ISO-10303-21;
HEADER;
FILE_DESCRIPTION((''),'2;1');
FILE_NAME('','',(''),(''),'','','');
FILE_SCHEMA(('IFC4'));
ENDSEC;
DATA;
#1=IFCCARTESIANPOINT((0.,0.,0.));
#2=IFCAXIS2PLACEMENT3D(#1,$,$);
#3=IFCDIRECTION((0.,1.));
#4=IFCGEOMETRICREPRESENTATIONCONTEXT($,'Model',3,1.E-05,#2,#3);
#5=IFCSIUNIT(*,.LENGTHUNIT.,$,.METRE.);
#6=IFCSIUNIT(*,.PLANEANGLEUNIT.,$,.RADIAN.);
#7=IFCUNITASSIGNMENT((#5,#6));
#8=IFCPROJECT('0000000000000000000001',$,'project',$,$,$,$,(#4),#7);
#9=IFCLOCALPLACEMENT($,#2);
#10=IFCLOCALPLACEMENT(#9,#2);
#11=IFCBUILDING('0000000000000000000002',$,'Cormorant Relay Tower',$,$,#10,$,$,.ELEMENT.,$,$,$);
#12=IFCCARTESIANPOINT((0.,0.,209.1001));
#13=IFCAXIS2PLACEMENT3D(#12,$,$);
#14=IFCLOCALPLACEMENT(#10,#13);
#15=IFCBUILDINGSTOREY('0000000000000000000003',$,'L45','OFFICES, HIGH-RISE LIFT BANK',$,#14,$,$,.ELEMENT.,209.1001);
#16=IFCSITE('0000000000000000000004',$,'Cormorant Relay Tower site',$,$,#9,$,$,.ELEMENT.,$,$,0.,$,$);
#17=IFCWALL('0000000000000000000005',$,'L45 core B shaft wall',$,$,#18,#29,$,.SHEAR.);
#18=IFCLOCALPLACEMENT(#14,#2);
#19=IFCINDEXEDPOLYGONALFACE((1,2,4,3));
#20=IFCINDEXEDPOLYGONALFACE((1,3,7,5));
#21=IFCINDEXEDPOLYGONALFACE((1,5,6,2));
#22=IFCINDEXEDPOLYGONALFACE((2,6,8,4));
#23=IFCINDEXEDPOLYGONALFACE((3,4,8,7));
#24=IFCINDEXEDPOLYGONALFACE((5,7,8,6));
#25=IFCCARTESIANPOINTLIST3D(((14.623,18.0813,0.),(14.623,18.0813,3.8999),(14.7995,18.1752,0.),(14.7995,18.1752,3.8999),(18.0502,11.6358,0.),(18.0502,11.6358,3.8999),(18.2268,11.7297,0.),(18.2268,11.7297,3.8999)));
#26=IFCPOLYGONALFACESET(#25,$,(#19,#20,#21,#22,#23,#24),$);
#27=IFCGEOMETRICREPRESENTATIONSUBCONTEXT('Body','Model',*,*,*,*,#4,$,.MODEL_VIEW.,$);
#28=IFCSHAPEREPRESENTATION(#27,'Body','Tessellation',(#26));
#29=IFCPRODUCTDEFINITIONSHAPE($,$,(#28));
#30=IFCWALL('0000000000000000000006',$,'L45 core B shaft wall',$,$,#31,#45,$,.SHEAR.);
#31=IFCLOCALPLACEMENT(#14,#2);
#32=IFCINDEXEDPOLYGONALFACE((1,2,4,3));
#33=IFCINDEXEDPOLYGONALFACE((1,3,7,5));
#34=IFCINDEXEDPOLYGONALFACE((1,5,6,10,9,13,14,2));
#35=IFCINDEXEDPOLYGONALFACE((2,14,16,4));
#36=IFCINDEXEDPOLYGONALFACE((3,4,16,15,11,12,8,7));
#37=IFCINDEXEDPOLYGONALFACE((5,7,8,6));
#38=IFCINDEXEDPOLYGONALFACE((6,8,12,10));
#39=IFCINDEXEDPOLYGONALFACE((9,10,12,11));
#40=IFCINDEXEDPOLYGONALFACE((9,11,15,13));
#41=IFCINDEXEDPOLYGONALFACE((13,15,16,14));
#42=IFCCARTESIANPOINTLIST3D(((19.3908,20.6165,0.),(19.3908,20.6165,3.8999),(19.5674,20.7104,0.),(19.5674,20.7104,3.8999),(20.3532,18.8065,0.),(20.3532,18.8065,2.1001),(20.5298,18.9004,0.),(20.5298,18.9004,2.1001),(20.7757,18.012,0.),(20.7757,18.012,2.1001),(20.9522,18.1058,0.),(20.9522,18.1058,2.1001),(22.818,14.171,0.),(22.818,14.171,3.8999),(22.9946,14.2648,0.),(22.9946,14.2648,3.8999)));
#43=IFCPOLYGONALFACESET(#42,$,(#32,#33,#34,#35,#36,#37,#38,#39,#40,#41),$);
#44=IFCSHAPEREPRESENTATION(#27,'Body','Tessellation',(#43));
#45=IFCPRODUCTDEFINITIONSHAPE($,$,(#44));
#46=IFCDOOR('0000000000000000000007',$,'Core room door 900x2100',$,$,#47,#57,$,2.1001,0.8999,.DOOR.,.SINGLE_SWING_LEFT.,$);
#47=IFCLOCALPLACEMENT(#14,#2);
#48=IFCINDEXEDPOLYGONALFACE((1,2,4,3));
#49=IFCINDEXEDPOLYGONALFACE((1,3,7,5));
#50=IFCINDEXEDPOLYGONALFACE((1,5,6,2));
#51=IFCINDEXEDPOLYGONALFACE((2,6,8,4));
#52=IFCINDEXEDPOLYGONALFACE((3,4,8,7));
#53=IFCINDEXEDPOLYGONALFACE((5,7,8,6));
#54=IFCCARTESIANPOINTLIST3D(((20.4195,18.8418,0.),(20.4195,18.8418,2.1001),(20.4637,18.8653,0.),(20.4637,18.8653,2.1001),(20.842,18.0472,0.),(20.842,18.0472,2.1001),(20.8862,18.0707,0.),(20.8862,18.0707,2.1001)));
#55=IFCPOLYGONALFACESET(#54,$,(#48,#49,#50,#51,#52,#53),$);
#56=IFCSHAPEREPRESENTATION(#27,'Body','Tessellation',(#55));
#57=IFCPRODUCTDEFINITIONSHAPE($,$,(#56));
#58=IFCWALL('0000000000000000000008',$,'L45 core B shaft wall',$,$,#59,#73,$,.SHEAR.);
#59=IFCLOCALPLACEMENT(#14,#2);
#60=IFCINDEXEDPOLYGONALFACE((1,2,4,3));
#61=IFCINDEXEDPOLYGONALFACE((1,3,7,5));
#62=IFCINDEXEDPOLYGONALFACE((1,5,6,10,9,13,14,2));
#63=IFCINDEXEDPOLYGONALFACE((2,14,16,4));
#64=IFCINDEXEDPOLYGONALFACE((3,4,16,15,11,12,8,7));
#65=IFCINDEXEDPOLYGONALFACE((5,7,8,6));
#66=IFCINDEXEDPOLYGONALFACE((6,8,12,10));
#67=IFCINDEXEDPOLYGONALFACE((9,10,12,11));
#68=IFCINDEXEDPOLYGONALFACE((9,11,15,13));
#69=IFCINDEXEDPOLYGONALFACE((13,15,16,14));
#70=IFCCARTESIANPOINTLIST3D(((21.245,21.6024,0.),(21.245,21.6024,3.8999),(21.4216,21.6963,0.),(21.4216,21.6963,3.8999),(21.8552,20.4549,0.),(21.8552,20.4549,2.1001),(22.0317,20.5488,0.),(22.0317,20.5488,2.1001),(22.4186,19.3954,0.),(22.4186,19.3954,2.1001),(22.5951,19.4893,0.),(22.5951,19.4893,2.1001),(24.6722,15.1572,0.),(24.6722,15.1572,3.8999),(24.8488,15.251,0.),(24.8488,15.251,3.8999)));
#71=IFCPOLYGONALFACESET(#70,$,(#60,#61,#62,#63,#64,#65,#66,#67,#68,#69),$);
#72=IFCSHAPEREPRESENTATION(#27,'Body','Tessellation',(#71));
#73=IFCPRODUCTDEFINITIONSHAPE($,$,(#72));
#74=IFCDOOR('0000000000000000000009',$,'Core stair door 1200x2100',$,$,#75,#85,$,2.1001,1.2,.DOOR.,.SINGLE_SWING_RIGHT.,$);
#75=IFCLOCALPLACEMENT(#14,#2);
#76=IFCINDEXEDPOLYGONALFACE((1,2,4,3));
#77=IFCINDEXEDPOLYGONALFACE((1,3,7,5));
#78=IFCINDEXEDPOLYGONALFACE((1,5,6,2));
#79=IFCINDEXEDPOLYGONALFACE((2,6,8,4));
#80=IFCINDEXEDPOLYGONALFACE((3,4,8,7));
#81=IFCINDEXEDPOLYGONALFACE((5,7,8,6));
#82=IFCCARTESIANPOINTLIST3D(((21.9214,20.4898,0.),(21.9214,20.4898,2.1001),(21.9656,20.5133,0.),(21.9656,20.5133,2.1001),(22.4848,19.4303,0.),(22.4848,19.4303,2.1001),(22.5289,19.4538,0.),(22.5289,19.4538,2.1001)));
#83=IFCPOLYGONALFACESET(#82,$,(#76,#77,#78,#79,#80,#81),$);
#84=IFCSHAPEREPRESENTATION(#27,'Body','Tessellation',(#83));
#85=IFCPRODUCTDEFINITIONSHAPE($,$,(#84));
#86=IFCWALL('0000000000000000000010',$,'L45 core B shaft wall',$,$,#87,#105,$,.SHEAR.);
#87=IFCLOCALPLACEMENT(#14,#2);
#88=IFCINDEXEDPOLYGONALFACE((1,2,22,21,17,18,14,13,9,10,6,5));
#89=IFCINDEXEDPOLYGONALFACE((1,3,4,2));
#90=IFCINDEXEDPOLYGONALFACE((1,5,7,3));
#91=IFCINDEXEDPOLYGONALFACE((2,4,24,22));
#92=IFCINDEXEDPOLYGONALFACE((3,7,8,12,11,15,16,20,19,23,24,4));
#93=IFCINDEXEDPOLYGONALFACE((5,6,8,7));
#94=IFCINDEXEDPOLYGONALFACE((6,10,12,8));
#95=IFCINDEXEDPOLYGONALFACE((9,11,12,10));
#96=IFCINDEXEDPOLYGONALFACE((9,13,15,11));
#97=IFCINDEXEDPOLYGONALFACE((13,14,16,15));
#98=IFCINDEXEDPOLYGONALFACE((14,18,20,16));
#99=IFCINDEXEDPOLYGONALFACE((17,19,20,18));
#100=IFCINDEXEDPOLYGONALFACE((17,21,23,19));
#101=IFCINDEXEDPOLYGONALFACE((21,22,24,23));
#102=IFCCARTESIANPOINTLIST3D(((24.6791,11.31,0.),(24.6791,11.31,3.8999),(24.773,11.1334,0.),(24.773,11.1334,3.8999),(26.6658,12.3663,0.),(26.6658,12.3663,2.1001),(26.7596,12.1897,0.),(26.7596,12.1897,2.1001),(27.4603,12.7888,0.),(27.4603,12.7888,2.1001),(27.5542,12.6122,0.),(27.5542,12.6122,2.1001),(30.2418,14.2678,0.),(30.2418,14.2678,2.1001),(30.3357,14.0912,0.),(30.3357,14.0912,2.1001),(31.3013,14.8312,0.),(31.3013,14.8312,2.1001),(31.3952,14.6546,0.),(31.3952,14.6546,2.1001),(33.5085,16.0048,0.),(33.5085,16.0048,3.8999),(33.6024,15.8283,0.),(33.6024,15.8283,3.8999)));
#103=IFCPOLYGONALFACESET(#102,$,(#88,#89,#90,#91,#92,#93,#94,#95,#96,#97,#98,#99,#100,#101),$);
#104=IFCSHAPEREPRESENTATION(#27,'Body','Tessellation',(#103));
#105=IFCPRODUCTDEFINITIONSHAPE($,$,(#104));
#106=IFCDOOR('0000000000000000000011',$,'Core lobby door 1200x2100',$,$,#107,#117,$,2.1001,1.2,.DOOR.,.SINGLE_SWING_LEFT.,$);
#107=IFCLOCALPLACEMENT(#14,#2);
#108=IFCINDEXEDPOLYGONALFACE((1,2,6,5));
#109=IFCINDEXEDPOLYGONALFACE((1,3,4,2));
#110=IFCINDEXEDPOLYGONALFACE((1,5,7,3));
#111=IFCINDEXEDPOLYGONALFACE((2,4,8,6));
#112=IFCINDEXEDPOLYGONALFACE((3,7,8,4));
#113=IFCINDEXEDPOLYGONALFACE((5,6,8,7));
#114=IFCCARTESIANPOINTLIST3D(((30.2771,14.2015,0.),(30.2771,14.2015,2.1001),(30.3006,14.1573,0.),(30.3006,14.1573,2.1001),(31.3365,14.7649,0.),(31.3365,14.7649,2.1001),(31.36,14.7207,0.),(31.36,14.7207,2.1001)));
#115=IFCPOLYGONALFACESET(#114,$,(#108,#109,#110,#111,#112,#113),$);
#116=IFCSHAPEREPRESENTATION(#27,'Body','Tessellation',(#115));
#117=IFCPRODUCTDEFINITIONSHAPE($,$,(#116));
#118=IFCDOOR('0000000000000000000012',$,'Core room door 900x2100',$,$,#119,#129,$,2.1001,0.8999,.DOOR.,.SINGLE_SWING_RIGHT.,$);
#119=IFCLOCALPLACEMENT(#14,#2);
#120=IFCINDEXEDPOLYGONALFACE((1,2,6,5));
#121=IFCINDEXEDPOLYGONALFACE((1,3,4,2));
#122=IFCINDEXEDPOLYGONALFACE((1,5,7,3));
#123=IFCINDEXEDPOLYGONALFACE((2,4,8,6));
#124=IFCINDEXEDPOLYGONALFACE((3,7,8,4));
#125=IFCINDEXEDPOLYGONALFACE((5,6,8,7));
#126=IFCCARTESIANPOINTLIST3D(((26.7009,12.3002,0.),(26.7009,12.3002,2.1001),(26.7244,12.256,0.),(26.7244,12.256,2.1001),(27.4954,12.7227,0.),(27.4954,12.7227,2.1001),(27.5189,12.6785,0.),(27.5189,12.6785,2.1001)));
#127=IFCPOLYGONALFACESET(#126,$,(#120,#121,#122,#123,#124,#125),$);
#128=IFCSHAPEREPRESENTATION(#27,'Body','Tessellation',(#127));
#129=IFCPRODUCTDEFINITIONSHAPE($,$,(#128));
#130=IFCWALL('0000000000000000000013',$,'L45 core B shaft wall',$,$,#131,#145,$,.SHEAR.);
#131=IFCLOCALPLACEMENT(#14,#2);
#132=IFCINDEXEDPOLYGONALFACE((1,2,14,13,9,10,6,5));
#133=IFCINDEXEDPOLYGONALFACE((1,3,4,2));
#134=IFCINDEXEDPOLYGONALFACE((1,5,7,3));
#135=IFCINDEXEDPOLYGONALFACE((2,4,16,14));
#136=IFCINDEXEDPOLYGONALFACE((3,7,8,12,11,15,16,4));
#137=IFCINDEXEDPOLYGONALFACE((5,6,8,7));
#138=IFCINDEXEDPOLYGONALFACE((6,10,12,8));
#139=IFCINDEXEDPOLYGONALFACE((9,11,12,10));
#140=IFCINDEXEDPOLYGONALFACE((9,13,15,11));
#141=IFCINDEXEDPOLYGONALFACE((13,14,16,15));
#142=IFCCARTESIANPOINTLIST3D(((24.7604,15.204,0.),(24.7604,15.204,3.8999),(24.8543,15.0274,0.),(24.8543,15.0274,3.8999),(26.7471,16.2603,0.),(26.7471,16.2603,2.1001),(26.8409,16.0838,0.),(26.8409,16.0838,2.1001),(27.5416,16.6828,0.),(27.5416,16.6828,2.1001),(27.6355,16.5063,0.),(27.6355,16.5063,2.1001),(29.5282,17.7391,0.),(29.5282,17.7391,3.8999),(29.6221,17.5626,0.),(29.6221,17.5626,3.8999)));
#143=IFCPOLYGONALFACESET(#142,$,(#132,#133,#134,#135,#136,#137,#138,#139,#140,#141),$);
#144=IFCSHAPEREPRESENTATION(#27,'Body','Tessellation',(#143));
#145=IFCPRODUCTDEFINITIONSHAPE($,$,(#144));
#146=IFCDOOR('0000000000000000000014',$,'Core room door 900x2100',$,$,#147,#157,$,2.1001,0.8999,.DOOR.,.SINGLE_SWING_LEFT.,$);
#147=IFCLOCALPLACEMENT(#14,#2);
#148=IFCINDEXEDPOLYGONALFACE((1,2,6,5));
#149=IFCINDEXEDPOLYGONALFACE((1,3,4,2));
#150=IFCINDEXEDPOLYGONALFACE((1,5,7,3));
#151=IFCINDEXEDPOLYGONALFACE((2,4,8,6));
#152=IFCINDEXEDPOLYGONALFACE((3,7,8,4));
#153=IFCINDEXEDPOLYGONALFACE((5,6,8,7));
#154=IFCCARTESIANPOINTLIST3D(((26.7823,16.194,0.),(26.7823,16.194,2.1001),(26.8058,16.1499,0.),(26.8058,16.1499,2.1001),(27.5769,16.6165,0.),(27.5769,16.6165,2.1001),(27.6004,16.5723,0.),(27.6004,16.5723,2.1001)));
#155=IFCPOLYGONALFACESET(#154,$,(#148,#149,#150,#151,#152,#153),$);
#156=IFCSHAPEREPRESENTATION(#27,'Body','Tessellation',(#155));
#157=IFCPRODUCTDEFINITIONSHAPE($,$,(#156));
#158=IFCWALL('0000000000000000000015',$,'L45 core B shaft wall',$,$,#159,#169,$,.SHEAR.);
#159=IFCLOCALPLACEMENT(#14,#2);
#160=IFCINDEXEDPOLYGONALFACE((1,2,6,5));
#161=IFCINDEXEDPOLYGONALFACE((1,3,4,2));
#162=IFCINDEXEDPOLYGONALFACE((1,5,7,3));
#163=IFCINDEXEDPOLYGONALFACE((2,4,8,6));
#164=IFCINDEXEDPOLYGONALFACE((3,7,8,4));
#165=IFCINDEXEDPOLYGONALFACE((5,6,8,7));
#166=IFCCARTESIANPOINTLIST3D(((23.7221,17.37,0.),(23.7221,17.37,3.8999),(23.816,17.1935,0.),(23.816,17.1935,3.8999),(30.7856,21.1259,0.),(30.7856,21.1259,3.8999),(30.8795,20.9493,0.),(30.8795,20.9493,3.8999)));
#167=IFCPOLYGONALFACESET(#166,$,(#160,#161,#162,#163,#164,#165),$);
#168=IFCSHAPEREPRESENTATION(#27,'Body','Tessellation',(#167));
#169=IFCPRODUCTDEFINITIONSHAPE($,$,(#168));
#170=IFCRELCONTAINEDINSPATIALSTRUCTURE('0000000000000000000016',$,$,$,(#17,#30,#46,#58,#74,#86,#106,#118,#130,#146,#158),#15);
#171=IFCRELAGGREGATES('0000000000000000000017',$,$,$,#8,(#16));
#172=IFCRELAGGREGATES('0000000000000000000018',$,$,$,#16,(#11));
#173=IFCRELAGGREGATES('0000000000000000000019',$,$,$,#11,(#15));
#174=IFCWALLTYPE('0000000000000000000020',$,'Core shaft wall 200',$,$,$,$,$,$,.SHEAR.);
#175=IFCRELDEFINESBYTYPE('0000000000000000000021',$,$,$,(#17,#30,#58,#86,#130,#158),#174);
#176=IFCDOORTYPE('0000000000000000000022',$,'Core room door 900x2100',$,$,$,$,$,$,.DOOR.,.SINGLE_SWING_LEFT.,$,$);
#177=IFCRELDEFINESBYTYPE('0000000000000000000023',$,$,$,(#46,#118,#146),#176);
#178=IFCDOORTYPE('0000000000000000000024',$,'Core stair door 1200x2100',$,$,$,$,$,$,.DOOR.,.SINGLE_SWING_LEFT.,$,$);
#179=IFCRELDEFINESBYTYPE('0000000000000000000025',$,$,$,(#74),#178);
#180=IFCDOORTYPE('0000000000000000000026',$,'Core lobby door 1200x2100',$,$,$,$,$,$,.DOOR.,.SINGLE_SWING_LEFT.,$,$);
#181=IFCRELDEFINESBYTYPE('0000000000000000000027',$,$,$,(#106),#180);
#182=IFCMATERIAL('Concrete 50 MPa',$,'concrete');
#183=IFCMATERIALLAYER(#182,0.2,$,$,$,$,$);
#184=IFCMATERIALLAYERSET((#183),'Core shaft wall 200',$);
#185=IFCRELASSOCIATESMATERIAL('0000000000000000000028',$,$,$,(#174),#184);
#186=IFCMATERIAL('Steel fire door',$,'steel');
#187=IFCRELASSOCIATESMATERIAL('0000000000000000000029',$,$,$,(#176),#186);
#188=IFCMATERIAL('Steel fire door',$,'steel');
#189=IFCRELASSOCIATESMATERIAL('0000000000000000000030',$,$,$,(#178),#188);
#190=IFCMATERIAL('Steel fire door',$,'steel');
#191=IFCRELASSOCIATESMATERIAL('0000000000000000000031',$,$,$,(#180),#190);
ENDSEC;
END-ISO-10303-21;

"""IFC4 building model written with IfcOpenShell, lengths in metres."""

from ifc_helpers import new_model, si_unit, direction, frame, frame_2d, origin, place, context, subcontext, project, spatial, rectangle, extrude, material, layer, layer_set, type_object, element, fill, save


model = new_model("IFC4")

# Units and contexts
model_context = context("Model", 3, precision=1e-05, world=origin(), true_north=direction((0.0, 1.0)))
body_context = subcontext(model_context, "Body", "Model", "MODEL_VIEW")
ifc_project = project(units=[si_unit("LENGTHUNIT", "METRE"), si_unit("PLANEANGLEUNIT", "RADIAN")], contexts=[model_context])

# Site, building, storey
site_placement = place(None, origin())
site = spatial("IfcSite", under=ifc_project, at=site_placement, Name="Cormorant Relay Tower site", CompositionType="ELEMENT", RefElevation=0.0)
building_placement = place(site_placement, origin())
building = spatial("IfcBuilding", under=site, at=building_placement, Name="Cormorant Relay Tower", CompositionType="ELEMENT")
storey_placement = place(building_placement, frame((0.0, 0.0, 209.1001)))
storey = spatial("IfcBuildingStorey", under=building, at=storey_placement, Name="L45", Description="OFFICES, HIGH-RISE LIFT BANK", CompositionType="ELEMENT", Elevation=209.1001)

# Wall
ifc_material_1 = material(Name="Concrete 50 MPa", Category="concrete")
ifc_layer = layer(ifc_material_1, 0.2)
ifc_layer_set = layer_set([ifc_layer], Name="Core shaft wall 200")
wall_type = type_object("IfcWallType", Name="Core shaft wall 200", PredefinedType="SHEAR", material=ifc_layer_set)
wall_1_placement = place(storey_placement, frame((18.1384, 11.6829, 0.0), z_axis=(0.0, 0.0, 1.0), x_axis=(-0.46948, 0.882943, 0.0)))
element("IfcWall", 1, at=wall_1_placement, inside=storey, type_object=wall_type, Name="L45 core B shaft wall", PredefinedType="SHEAR", context=body_context, shape_type="SweptSolid", body=[
    extrude(rectangle(XDim=7.3, YDim=0.2, at=frame_2d((3.6499, 0.0))), origin(), (0.0, 0.0, 1.0), 3.8999),
])

# Walls, openings, doors
wall_2_placement = place(storey_placement, frame((22.9062, 14.218, 0.0), z_axis=(0.0, 0.0, 1.0), x_axis=(-0.46948, 0.882943, 0.0)))
wall_2 = element("IfcWall", 2, at=wall_2_placement, inside=storey, type_object=wall_type, Name="L45 core B shaft wall", PredefinedType="SHEAR", context=body_context, shape_type="SweptSolid", body=[
    extrude(rectangle(XDim=7.3, YDim=0.2, at=frame_2d((3.6499, 0.0))), origin(), (0.0, 0.0, 1.0), 3.8999),
])
opening_1_placement = place(wall_2_placement, frame((4.3501, 0.0, 0.0)))
opening_1 = element("IfcOpeningElement", 3, at=opening_1_placement, cuts=wall_2, PredefinedType="OPENING", context=body_context, shape_type="SweptSolid", body=[
    extrude(rectangle(XDim=0.8999, YDim=2.1001, at=frame_2d((0.45, 1.05))), frame((0.0, 0.1099, 0.0), z_axis=(0.0, -1.0, 0.0), x_axis=(1.0, 0.0, 0.0)), (0.0, 0.0, 1.0), 0.22),
])
ifc_material_2 = material(Name="Steel fire door", Category="steel")
door_type_1 = type_object("IfcDoorType", Name="Core room door 900x2100", OperationType="SINGLE_SWING_LEFT", PredefinedType="DOOR", material=ifc_material_2)
door_1_placement = place(opening_1_placement, origin())
door_1 = element("IfcDoor", 4, at=door_1_placement, inside=storey, type_object=door_type_1, Name="Core room door 900x2100", OperationType="SINGLE_SWING_LEFT", OverallHeight=2.1001, OverallWidth=0.8999, PredefinedType="DOOR", context=body_context, shape_type="SweptSolid", body=[
    extrude(rectangle(XDim=0.8999, YDim=2.1001, at=frame_2d((0.45, 1.05))), frame((0.0, 0.0249, 0.0), z_axis=(0.0, -1.0, 0.0), x_axis=(1.0, 0.0, 0.0)), (0.0, 0.0, 1.0), 0.05),
])
fill(opening_1, door_1)
wall_3_placement = place(storey_placement, frame((24.7605, 15.2041, 0.0), z_axis=(0.0, 0.0, 1.0), x_axis=(-0.469494, 0.882936, 0.0)))
wall_3 = element("IfcWall", 5, at=wall_3_placement, inside=storey, type_object=wall_type, Name="L45 core B shaft wall", PredefinedType="SHEAR", context=body_context, shape_type="SweptSolid", body=[
    extrude(rectangle(XDim=7.2998, YDim=0.2, at=frame_2d((3.6499, 0.0))), origin(), (0.0, 0.0, 1.0), 3.8999),
])
opening_2_placement = place(wall_3_placement, frame((4.8, 0.0, 0.0)))
opening_2 = element("IfcOpeningElement", 6, at=opening_2_placement, cuts=wall_3, PredefinedType="OPENING", context=body_context, shape_type="SweptSolid", body=[
    extrude(rectangle(XDim=1.2, YDim=2.1001, at=frame_2d((0.6001, 1.05))), frame((0.0, 0.1099, 0.0), z_axis=(0.0, -1.0, 0.0), x_axis=(1.0, 0.0, 0.0)), (0.0, 0.0, 1.0), 0.22),
])
ifc_material_3 = material(Name="Steel fire door", Category="steel")
door_type_2 = type_object("IfcDoorType", Name="Core stair door 1200x2100", OperationType="SINGLE_SWING_LEFT", PredefinedType="DOOR", material=ifc_material_3)
door_2_placement = place(opening_2_placement, frame((1.2, 0.0, 0.0), z_axis=(0.0, 0.0, 1.0), x_axis=(-1.0, 0.0, 0.0)))
door_2 = element("IfcDoor", 7, at=door_2_placement, inside=storey, type_object=door_type_2, Name="Core stair door 1200x2100", OperationType="SINGLE_SWING_RIGHT", OverallHeight=2.1001, OverallWidth=1.2, PredefinedType="DOOR", context=body_context, shape_type="SweptSolid", body=[
    extrude(rectangle(XDim=1.2, YDim=2.1001, at=frame_2d((0.6001, 1.05))), frame((0.0, 0.0249, 0.0), z_axis=(0.0, -1.0, 0.0), x_axis=(1.0, 0.0, 0.0)), (0.0, 0.0, 1.0), 0.05),
])
fill(opening_2, door_2)

# Wall, openings, doors
wall_4_placement = place(storey_placement, frame((24.7261, 11.2217, 0.0), z_axis=(0.0, 0.0, 1.0), x_axis=(0.88294, 0.469485, 0.0)))
wall_4 = element("IfcWall", 8, at=wall_4_placement, inside=storey, type_object=wall_type, Name="L45 core B shaft wall", PredefinedType="SHEAR", context=body_context, shape_type="SweptSolid", body=[
    extrude(rectangle(XDim=10.0, YDim=0.2, at=frame_2d((5.0, 0.0))), origin(), (0.0, 0.0, 1.0), 3.8999),
])
opening_3_placement = place(wall_4_placement, frame((6.3, 0.0, 0.0)))
opening_3 = element("IfcOpeningElement", 9, at=opening_3_placement, cuts=wall_4, PredefinedType="OPENING", context=body_context, shape_type="SweptSolid", body=[
    extrude(rectangle(XDim=1.2, YDim=2.1001, at=frame_2d((0.6001, 1.05))), frame((0.0, 0.1099, 0.0), z_axis=(0.0, -1.0, 0.0), x_axis=(1.0, 0.0, 0.0)), (0.0, 0.0, 1.0), 0.22),
])
opening_4_placement = place(wall_4_placement, frame((2.25, 0.0, 0.0)))
opening_4 = element("IfcOpeningElement", 10, at=opening_4_placement, cuts=wall_4, PredefinedType="OPENING", context=body_context, shape_type="SweptSolid", body=[
    extrude(rectangle(XDim=0.8999, YDim=2.1001, at=frame_2d((0.45, 1.05))), frame((0.0, 0.1099, 0.0), z_axis=(0.0, -1.0, 0.0), x_axis=(1.0, 0.0, 0.0)), (0.0, 0.0, 1.0), 0.22),
])
ifc_material_4 = material(Name="Steel fire door", Category="steel")
door_type_3 = type_object("IfcDoorType", Name="Core lobby door 1200x2100", OperationType="SINGLE_SWING_LEFT", PredefinedType="DOOR", material=ifc_material_4)
door_3_placement = place(opening_3_placement, origin())
door_3 = element("IfcDoor", 11, at=door_3_placement, inside=storey, type_object=door_type_3, Name="Core lobby door 1200x2100", OperationType="SINGLE_SWING_LEFT", OverallHeight=2.1001, OverallWidth=1.2, PredefinedType="DOOR", context=body_context, shape_type="SweptSolid", body=[
    extrude(rectangle(XDim=1.2, YDim=2.1001, at=frame_2d((0.6001, 1.05))), frame((0.0, 0.0249, 0.0), z_axis=(0.0, -1.0, 0.0), x_axis=(1.0, 0.0, 0.0)), (0.0, 0.0, 1.0), 0.05),
])
fill(opening_3, door_3)
door_4_placement = place(opening_4_placement, frame((0.8999, 0.0, 0.0), z_axis=(0.0, 0.0, 1.0), x_axis=(-1.0, 0.0, 0.0)))
door_4 = element("IfcDoor", 12, at=door_4_placement, inside=storey, type_object=door_type_1, Name="Core room door 900x2100", OperationType="SINGLE_SWING_RIGHT", OverallHeight=2.1001, OverallWidth=0.8999, PredefinedType="DOOR", context=body_context, shape_type="SweptSolid", body=[
    extrude(rectangle(XDim=0.8999, YDim=2.1001, at=frame_2d((0.45, 1.05))), frame((0.0, 0.0249, 0.0), z_axis=(0.0, -1.0, 0.0), x_axis=(1.0, 0.0, 0.0)), (0.0, 0.0, 1.0), 0.05),
])
fill(opening_4, door_4)

# Wall, opening, door
wall_5_placement = place(storey_placement, frame((24.8074, 15.1157, 0.0), z_axis=(0.0, 0.0, 1.0), x_axis=(0.882943, 0.46948, 0.0)))
wall_5 = element("IfcWall", 13, at=wall_5_placement, inside=storey, type_object=wall_type, Name="L45 core B shaft wall", PredefinedType="SHEAR", context=body_context, shape_type="SweptSolid", body=[
    extrude(rectangle(XDim=5.3999, YDim=0.2, at=frame_2d((2.7, 0.0))), origin(), (0.0, 0.0, 1.0), 3.8999),
])
opening_5_placement = place(wall_5_placement, frame((2.25, 0.0, 0.0)))
opening_5 = element("IfcOpeningElement", 14, at=opening_5_placement, cuts=wall_5, PredefinedType="OPENING", context=body_context, shape_type="SweptSolid", body=[
    extrude(rectangle(XDim=0.8999, YDim=2.1001, at=frame_2d((0.45, 1.05))), frame((0.0, 0.1099, 0.0), z_axis=(0.0, -1.0, 0.0), x_axis=(1.0, 0.0, 0.0)), (0.0, 0.0, 1.0), 0.22),
])
door_5_placement = place(opening_5_placement, origin())
door_5 = element("IfcDoor", 15, at=door_5_placement, inside=storey, type_object=door_type_1, Name="Core room door 900x2100", OperationType="SINGLE_SWING_LEFT", OverallHeight=2.1001, OverallWidth=0.8999, PredefinedType="DOOR", context=body_context, shape_type="SweptSolid", body=[
    extrude(rectangle(XDim=0.8999, YDim=2.1001, at=frame_2d((0.45, 1.05))), frame((0.0, 0.0249, 0.0), z_axis=(0.0, -1.0, 0.0), x_axis=(1.0, 0.0, 0.0)), (0.0, 0.0, 1.0), 0.05),
])
fill(opening_5, door_5)

# Wall
wall_6_placement = place(storey_placement, frame((23.769, 17.2817, 0.0), z_axis=(0.0, 0.0, 1.0), x_axis=(0.88294, 0.469485, 0.0)))
element("IfcWall", 16, at=wall_6_placement, inside=storey, type_object=wall_type, Name="L45 core B shaft wall", PredefinedType="SHEAR", context=body_context, shape_type="SweptSolid", body=[
    extrude(rectangle(XDim=8.0, YDim=0.2, at=frame_2d((4.0, 0.0))), origin(), (0.0, 0.0, 1.0), 3.8999),
])

save(model, "model.ifc")
